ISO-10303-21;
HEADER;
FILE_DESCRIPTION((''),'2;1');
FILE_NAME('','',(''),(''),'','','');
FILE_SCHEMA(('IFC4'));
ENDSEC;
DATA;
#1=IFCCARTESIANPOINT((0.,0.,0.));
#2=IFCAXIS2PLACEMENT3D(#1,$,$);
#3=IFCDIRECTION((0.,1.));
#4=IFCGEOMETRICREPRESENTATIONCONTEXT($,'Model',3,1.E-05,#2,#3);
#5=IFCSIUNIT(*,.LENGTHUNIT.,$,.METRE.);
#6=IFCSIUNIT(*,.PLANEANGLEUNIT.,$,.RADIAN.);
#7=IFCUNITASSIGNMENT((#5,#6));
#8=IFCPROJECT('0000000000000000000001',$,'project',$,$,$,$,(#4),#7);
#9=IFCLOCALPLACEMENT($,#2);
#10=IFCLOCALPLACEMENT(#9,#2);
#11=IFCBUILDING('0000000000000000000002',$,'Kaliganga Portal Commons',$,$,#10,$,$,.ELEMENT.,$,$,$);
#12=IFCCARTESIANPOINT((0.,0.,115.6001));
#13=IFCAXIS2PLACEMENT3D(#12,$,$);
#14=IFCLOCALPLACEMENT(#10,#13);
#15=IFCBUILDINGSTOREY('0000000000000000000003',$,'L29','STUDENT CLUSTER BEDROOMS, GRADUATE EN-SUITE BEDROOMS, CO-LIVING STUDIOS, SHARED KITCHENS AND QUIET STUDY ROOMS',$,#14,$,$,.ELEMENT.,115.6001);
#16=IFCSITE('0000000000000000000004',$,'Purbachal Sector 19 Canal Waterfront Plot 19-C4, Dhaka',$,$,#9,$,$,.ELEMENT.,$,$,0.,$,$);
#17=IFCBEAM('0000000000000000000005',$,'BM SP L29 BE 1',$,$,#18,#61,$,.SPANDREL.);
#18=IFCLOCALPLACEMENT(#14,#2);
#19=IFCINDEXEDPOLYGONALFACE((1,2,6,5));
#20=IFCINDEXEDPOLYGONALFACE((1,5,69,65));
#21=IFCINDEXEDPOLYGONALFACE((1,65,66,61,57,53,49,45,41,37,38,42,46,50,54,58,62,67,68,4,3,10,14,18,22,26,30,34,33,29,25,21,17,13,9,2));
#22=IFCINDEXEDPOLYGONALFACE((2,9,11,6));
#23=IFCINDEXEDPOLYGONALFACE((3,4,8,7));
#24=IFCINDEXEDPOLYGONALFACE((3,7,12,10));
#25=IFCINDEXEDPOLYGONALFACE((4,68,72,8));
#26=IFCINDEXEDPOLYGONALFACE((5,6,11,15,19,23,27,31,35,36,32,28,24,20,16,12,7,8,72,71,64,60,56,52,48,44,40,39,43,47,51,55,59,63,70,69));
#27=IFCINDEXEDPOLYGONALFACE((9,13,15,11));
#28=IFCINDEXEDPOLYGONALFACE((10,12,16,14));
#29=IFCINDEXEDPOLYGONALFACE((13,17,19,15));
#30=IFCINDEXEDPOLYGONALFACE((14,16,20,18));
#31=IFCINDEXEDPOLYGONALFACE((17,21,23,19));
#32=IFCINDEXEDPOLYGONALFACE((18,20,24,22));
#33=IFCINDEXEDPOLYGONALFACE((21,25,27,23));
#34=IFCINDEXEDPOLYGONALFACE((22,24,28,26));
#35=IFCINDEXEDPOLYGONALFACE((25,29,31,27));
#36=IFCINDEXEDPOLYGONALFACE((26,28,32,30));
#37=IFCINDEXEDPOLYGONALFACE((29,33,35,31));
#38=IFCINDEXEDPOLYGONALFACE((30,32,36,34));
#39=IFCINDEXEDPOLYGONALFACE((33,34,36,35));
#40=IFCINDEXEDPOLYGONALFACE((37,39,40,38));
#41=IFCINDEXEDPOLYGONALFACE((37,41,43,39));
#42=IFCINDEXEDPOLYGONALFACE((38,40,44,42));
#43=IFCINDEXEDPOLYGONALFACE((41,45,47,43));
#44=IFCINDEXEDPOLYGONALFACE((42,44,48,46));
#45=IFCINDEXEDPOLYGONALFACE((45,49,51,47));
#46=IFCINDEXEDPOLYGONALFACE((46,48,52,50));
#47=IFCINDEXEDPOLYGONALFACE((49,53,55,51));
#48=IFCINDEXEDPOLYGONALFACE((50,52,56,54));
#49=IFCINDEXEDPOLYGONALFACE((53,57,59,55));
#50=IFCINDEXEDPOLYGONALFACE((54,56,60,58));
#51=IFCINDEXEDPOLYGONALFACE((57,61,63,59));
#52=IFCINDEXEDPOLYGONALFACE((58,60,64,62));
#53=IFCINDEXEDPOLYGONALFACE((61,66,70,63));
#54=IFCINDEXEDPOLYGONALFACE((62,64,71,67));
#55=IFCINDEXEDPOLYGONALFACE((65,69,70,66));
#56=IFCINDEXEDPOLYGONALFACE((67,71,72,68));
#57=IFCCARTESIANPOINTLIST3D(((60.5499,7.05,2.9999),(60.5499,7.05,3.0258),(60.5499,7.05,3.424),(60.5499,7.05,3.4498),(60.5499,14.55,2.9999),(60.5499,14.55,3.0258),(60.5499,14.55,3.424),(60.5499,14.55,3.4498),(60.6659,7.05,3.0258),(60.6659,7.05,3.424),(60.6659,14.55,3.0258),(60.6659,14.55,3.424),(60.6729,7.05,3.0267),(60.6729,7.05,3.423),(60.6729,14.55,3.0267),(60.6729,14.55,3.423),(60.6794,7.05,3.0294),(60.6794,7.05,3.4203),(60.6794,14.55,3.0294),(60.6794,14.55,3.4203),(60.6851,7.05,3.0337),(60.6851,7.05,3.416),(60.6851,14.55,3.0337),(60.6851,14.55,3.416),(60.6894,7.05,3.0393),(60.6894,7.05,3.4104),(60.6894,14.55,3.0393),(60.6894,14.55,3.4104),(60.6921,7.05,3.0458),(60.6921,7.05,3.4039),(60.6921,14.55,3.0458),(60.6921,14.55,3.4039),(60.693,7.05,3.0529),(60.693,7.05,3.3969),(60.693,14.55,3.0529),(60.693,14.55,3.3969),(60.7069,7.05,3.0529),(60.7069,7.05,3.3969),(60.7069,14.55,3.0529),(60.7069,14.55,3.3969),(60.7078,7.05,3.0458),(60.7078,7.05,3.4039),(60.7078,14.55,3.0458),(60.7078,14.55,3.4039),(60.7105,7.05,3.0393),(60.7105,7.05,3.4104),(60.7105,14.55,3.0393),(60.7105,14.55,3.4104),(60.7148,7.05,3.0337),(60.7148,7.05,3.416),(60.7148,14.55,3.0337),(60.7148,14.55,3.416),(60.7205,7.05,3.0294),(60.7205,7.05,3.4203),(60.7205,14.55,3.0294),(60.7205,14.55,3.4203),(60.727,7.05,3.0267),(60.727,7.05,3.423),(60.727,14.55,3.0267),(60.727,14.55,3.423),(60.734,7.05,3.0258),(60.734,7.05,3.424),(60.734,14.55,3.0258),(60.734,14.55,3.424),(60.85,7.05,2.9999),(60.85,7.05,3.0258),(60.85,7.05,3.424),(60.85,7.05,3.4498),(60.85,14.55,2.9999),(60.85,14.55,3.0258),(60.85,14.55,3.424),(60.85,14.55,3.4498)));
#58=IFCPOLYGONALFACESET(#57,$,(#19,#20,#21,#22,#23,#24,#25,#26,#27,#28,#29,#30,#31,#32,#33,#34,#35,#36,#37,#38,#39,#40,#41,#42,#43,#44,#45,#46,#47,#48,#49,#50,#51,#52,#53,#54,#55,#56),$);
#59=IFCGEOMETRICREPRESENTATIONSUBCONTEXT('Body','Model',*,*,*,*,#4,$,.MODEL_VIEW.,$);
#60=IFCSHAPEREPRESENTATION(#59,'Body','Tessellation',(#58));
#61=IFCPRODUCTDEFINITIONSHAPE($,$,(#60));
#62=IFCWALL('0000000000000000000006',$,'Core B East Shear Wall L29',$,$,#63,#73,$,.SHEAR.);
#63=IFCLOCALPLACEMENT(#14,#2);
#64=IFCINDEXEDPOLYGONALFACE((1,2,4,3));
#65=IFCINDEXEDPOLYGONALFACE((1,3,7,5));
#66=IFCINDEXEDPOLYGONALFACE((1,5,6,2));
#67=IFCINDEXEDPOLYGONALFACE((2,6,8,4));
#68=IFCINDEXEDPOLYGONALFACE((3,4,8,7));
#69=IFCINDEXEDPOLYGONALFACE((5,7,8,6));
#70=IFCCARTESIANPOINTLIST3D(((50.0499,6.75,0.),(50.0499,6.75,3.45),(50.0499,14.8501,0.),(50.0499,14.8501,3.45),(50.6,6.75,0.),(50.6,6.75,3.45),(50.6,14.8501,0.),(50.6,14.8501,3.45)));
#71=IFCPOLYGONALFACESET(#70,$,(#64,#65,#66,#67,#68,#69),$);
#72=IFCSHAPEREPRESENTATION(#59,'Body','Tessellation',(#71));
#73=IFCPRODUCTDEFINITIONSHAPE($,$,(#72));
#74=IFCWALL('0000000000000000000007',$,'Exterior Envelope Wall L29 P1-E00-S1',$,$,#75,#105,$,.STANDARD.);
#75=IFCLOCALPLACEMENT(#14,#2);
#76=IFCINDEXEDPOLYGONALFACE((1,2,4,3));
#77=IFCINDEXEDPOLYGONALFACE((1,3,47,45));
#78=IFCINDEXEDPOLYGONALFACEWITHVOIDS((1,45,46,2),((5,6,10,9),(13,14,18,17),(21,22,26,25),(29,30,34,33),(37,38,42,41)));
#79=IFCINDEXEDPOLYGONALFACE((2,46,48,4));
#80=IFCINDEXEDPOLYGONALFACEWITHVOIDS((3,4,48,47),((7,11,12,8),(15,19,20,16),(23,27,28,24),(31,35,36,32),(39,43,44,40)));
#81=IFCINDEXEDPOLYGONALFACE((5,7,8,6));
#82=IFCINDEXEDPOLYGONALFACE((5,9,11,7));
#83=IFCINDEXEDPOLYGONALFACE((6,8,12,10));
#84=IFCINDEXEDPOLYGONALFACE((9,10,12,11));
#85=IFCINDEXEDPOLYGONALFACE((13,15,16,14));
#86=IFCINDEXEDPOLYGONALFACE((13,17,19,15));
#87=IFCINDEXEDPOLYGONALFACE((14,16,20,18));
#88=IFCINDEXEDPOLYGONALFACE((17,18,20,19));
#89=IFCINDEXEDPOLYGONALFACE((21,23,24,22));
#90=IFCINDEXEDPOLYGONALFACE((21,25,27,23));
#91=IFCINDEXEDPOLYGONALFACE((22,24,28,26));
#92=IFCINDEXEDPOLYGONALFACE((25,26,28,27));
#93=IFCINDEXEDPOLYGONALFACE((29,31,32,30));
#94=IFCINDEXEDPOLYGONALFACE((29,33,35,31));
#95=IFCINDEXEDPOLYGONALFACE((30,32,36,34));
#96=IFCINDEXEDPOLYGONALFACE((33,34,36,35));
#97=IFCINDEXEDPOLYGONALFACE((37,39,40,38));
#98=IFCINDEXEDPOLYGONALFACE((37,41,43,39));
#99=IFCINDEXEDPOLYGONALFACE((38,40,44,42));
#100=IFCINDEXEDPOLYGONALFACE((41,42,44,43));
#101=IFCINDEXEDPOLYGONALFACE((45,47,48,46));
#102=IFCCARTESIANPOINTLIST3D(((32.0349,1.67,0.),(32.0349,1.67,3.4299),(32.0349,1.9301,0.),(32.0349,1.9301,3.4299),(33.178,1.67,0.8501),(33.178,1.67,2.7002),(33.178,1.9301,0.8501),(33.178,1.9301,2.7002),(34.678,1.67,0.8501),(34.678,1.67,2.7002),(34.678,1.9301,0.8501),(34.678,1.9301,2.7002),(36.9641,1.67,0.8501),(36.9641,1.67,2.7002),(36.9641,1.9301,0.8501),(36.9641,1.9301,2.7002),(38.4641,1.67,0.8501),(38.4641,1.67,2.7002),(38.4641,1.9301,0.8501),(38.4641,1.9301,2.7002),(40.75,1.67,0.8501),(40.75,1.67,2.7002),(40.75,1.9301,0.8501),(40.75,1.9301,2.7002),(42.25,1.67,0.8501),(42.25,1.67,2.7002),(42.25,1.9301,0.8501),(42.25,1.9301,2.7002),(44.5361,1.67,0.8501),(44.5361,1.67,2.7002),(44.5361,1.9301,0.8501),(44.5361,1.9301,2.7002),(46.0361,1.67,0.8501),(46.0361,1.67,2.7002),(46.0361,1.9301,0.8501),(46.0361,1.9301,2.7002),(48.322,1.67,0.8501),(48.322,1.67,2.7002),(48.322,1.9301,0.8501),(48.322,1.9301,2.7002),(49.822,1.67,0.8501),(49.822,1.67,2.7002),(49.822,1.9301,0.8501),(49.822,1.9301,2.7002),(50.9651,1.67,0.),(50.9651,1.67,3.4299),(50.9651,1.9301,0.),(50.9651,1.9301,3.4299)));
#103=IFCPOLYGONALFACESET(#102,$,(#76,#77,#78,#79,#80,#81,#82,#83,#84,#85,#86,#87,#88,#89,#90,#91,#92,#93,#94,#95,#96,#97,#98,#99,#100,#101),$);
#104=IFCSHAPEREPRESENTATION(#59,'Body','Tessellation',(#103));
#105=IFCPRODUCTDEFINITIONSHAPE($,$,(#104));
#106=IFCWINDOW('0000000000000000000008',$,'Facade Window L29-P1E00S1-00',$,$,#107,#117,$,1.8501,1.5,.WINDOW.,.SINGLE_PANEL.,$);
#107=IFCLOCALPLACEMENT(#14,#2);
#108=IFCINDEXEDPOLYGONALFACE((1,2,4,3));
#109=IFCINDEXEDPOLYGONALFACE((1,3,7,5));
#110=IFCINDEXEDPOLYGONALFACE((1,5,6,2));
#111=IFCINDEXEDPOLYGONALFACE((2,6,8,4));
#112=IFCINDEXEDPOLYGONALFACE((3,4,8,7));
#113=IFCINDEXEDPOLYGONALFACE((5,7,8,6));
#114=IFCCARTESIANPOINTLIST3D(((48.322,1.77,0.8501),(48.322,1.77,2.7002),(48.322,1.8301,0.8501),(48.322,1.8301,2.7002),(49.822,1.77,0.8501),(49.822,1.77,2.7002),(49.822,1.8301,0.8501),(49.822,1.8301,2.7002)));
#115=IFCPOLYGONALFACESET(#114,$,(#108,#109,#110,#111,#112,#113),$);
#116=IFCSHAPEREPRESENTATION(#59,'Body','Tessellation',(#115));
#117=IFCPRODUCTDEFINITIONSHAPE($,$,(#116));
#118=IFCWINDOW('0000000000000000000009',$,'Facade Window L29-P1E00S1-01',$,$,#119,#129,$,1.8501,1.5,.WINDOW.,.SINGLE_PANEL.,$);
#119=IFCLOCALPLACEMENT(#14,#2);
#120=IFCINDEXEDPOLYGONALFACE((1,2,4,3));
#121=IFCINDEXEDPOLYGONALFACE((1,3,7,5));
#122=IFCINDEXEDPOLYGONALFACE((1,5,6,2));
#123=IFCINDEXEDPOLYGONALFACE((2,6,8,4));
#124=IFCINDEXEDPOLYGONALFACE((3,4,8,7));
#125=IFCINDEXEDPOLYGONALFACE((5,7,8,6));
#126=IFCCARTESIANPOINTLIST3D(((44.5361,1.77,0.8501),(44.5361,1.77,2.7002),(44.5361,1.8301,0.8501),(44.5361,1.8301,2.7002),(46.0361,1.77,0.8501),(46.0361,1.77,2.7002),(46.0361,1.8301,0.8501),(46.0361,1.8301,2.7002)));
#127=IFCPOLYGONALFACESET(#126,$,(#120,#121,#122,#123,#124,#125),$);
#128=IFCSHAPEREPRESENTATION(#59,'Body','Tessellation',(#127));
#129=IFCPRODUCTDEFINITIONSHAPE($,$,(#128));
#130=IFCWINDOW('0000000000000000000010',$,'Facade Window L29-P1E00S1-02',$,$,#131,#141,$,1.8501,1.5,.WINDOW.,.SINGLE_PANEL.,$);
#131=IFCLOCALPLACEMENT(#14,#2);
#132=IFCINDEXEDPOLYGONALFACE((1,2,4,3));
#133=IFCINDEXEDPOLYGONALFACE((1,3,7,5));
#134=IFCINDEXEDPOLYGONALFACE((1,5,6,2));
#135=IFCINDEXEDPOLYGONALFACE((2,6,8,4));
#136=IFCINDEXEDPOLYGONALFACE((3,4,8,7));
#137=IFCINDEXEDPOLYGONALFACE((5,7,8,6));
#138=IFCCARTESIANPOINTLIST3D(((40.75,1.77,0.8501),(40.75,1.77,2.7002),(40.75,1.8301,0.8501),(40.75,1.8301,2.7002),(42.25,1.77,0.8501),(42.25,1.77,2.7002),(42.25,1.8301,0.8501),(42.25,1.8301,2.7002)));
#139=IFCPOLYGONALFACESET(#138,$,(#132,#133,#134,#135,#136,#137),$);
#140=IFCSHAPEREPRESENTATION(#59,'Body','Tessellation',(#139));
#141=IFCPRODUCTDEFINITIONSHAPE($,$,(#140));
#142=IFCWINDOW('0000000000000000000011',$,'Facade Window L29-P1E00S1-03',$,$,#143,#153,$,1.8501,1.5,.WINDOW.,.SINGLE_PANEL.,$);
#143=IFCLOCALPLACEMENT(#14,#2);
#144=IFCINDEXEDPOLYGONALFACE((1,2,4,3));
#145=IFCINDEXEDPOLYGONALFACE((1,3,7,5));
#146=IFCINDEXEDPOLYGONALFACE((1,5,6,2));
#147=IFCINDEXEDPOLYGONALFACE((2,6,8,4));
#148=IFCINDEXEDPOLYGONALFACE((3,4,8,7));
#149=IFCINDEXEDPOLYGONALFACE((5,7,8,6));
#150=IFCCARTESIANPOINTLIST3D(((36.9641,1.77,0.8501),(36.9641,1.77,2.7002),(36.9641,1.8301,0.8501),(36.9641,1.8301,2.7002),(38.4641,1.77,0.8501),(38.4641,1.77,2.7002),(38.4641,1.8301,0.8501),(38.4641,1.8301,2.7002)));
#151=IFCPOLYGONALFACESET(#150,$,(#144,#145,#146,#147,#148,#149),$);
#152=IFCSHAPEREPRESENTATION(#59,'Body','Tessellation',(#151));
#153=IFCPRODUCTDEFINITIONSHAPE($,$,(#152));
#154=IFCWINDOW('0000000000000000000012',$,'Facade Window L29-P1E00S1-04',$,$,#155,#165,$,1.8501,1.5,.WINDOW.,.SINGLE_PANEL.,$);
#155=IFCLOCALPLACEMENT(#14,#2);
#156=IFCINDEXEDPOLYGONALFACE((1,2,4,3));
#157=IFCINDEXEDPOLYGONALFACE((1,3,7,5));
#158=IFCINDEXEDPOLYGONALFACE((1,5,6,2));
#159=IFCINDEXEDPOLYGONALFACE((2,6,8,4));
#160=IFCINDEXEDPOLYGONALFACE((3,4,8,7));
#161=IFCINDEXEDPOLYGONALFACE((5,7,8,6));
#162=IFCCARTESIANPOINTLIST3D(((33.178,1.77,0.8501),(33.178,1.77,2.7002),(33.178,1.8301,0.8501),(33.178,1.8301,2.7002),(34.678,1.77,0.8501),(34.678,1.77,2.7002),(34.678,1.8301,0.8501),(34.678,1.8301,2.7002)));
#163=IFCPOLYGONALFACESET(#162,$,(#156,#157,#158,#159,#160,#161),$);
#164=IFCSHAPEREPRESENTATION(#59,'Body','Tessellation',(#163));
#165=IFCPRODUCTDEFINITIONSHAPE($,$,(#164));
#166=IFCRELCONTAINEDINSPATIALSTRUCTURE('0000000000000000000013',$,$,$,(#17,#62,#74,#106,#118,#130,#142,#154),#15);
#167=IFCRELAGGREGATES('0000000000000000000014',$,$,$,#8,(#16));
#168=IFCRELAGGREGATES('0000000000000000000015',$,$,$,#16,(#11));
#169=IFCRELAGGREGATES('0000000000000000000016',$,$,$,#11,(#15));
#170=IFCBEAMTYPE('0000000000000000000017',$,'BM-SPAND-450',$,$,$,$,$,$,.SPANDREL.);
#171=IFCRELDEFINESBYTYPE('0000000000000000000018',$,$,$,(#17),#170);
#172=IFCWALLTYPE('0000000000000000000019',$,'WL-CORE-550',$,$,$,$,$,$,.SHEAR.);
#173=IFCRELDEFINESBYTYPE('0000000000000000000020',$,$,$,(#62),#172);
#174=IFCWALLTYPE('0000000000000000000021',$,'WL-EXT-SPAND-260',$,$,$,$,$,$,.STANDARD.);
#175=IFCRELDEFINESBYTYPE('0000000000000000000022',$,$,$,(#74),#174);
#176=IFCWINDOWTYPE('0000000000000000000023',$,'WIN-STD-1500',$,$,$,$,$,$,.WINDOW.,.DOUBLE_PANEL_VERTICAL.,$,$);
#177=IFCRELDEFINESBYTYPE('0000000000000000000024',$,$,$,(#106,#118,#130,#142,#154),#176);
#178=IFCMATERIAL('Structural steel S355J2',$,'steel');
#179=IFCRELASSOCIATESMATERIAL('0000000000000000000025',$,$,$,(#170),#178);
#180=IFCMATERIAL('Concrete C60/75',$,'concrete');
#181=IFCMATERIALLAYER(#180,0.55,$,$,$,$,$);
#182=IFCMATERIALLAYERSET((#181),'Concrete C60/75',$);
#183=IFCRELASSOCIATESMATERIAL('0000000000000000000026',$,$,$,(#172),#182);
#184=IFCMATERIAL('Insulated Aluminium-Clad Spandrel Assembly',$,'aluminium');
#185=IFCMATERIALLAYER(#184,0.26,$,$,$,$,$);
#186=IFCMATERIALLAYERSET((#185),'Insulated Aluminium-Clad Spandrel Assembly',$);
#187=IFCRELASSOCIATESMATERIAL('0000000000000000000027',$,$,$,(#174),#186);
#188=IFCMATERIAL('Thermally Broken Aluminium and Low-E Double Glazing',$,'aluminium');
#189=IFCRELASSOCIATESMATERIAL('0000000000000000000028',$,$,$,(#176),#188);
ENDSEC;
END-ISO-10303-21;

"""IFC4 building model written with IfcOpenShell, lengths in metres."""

from ifc_helpers import new_model, si_unit, direction, frame, frame_2d, origin, origin_2d, place, context, subcontext, project, spatial, rectangle, i_section, extrude, source, transform, mapped, material, layer, layer_set, material_profile, profile_set, type_object, element, fill, save


model = new_model("IFC4")

# Units and contexts
model_context = context("Model", 3, precision=1e-05, world=origin(), true_north=direction((0.0, 1.0)))
body_context = subcontext(model_context, "Body", "Model", "MODEL_VIEW")
ifc_project = project(units=[si_unit("LENGTHUNIT", "METRE"), si_unit("PLANEANGLEUNIT", "RADIAN")], contexts=[model_context])

# Site, building, storey
site_placement = place(None, origin())
site = spatial("IfcSite", under=ifc_project, at=site_placement, Name="Purbachal Sector 19 Canal Waterfront Plot 19-C4, Dhaka", CompositionType="ELEMENT", RefElevation=0.0)
building_placement = place(site_placement, origin())
building = spatial("IfcBuilding", under=site, at=building_placement, Name="Kaliganga Portal Commons", CompositionType="ELEMENT")
storey_placement = place(building_placement, frame((0.0, 0.0, 115.6001)))
storey = spatial("IfcBuildingStorey", under=building, at=storey_placement, Name="L29", Description="STUDENT CLUSTER BEDROOMS, GRADUATE EN-SUITE BEDROOMS, CO-LIVING STUDIOS, SHARED KITCHENS AND QUIET STUDY ROOMS", CompositionType="ELEMENT", Elevation=115.6001)

# Shared definitions
ifc_material_1 = material(Name="Concrete C60/75", Category="concrete")

# Beam
ifc_material_2 = material(Name="Structural steel S355J2", Category="steel")
ifc_material_profile_1 = material_profile(ifc_material_2, i_section(OverallWidth=0.3, OverallDepth=0.45, WebThickness=0.0139, FlangeThickness=0.0259, FilletRadius=0.0271, at=origin_2d()), Name="HE 450 B")
ifc_profile_set_1 = profile_set([ifc_material_profile_1], Name="Structural steel S355J2 wide-flange")
beam_type_1 = type_object("IfcBeamType", Name="BM-SPAND-450", PredefinedType="SPANDREL", material=ifc_profile_set_1)
shared_shape_1 = source(origin(), body_context, "Body", "SweptSolid", [
    extrude(i_section(OverallWidth=0.3, OverallDepth=0.45, WebThickness=0.0139, FlangeThickness=0.0259, FilletRadius=0.0271, at=origin_2d()), origin(), (0.0, 0.0, 1.0), 7.5),
])
beam_1_placement = place(storey_placement, frame((60.7, 7.05, 3.2249), z_axis=(0.0, 1.0, 0.0), x_axis=(-1.0, 0.0, 0.0)))
element("IfcBeam", 1, at=beam_1_placement, inside=storey, type_object=beam_type_1, Name="BM SP L29 BE 1", PredefinedType="SPANDREL", context=body_context, shape_type="MappedRepresentation", body=[
    mapped(shared_shape_1, transform((0.0, 0.0, 0.0), x_axis=(1.0, 0.0, 0.0), y_axis=(0.0, 1.0, 0.0), z_axis=(0.0, 0.0, 1.0), scale=1.0)),
])

# Wall
ifc_layer_1 = layer(ifc_material_1, 0.55)
ifc_layer_set_1 = layer_set([ifc_layer_1], Name="Concrete C60/75")
wall_type_1 = type_object("IfcWallType", Name="WL-CORE-550", PredefinedType="SHEAR", material=ifc_layer_set_1)
wall_1_placement = place(storey_placement, frame((50.325, 6.75, 0.0), z_axis=(0.0, 0.0, 1.0), x_axis=(0.0, 1.0, 0.0)))
element("IfcWall", 2, at=wall_1_placement, inside=storey, type_object=wall_type_1, Name="Core B East Shear Wall L29", PredefinedType="SHEAR", context=body_context, shape_type="SweptSolid", body=[
    extrude(rectangle(XDim=8.1001, YDim=0.55, at=frame_2d((4.05, 0.0))), origin(), (0.0, 0.0, 1.0), 3.45),
])

# Wall, openings, windows
ifc_material_3 = material(Name="Insulated Aluminium-Clad Spandrel Assembly", Category="aluminium")
ifc_layer_2 = layer(ifc_material_3, 0.26)
ifc_layer_set_2 = layer_set([ifc_layer_2], Name="Insulated Aluminium-Clad Spandrel Assembly")
wall_type_2 = type_object("IfcWallType", Name="WL-EXT-SPAND-260", PredefinedType="STANDARD", material=ifc_layer_set_2)
wall_2_placement = place(storey_placement, frame((50.9651, 1.8, 0.0), z_axis=(0.0, 0.0, 1.0), x_axis=(-1.0, 0.0, 0.0)))
wall_2 = element("IfcWall", 3, at=wall_2_placement, inside=storey, type_object=wall_type_2, Name="Exterior Envelope Wall L29 P1-E00-S1", PredefinedType="STANDARD", context=body_context, shape_type="SweptSolid", body=[
    extrude(rectangle(XDim=18.9302, YDim=0.26, at=frame_2d((9.4651, 0.0))), origin(), (0.0, 0.0, 1.0), 3.4299),
])
opening_1_placement = place(wall_2_placement, frame((1.1431, 0.0, 0.8501)))
opening_1 = element("IfcOpeningElement", 4, at=opening_1_placement, cuts=wall_2, PredefinedType="OPENING", context=body_context, shape_type="SweptSolid", body=[
    extrude(rectangle(XDim=1.5, YDim=1.8501, at=frame_2d((0.75, 0.925))), frame((0.0, 0.1401, 0.0), z_axis=(0.0, -1.0, 0.0), x_axis=(1.0, 0.0, 0.0)), (0.0, 0.0, 1.0), 0.28),
])
opening_2_placement = place(wall_2_placement, frame((4.929, 0.0, 0.8501)))
opening_2 = element("IfcOpeningElement", 5, at=opening_2_placement, cuts=wall_2, PredefinedType="OPENING", context=body_context, shape_type="SweptSolid", body=[
    extrude(rectangle(XDim=1.5, YDim=1.8501, at=frame_2d((0.75, 0.925))), frame((0.0, 0.1401, 0.0), z_axis=(0.0, -1.0, 0.0), x_axis=(1.0, 0.0, 0.0)), (0.0, 0.0, 1.0), 0.28),
])
opening_3_placement = place(wall_2_placement, frame((8.7151, 0.0, 0.8501)))
opening_3 = element("IfcOpeningElement", 6, at=opening_3_placement, cuts=wall_2, PredefinedType="OPENING", context=body_context, shape_type="SweptSolid", body=[
    extrude(rectangle(XDim=1.5, YDim=1.8501, at=frame_2d((0.75, 0.925))), frame((0.0, 0.1401, 0.0), z_axis=(0.0, -1.0, 0.0), x_axis=(1.0, 0.0, 0.0)), (0.0, 0.0, 1.0), 0.28),
])
opening_4_placement = place(wall_2_placement, frame((12.501, 0.0, 0.8501)))
opening_4 = element("IfcOpeningElement", 7, at=opening_4_placement, cuts=wall_2, PredefinedType="OPENING", context=body_context, shape_type="SweptSolid", body=[
    extrude(rectangle(XDim=1.5, YDim=1.8501, at=frame_2d((0.75, 0.925))), frame((0.0, 0.1401, 0.0), z_axis=(0.0, -1.0, 0.0), x_axis=(1.0, 0.0, 0.0)), (0.0, 0.0, 1.0), 0.28),
])
opening_5_placement = place(wall_2_placement, frame((16.2871, 0.0, 0.8501)))
opening_5 = element("IfcOpeningElement", 8, at=opening_5_placement, cuts=wall_2, PredefinedType="OPENING", context=body_context, shape_type="SweptSolid", body=[
    extrude(rectangle(XDim=1.5, YDim=1.8501, at=frame_2d((0.75, 0.925))), frame((0.0, 0.1401, 0.0), z_axis=(0.0, -1.0, 0.0), x_axis=(1.0, 0.0, 0.0)), (0.0, 0.0, 1.0), 0.28),
])
ifc_material_4 = material(Name="Thermally Broken Aluminium and Low-E Double Glazing", Category="aluminium")
window_type = type_object("IfcWindowType", Name="WIN-STD-1500", PartitioningType="DOUBLE_PANEL_VERTICAL", PredefinedType="WINDOW", material=ifc_material_4)
window_1_placement = place(opening_1_placement, origin())
window_1 = element("IfcWindow", 9, at=window_1_placement, inside=storey, type_object=window_type, Name="Facade Window L29-P1E00S1-00", OverallHeight=1.8501, OverallWidth=1.5, PartitioningType="SINGLE_PANEL", PredefinedType="WINDOW", context=body_context, shape_type="SweptSolid", body=[
    extrude(rectangle(XDim=1.5, YDim=1.8501, at=frame_2d((0.75, 0.925))), frame((0.0, 0.03, 0.0), z_axis=(0.0, -1.0, 0.0), x_axis=(1.0, 0.0, 0.0)), (0.0, 0.0, 1.0), 0.0601),
])
fill(opening_1, window_1)
window_2_placement = place(opening_2_placement, origin())
window_2 = element("IfcWindow", 10, at=window_2_placement, inside=storey, type_object=window_type, Name="Facade Window L29-P1E00S1-01", OverallHeight=1.8501, OverallWidth=1.5, PartitioningType="SINGLE_PANEL", PredefinedType="WINDOW", context=body_context, shape_type="SweptSolid", body=[
    extrude(rectangle(XDim=1.5, YDim=1.8501, at=frame_2d((0.75, 0.925))), frame((0.0, 0.03, 0.0), z_axis=(0.0, -1.0, 0.0), x_axis=(1.0, 0.0, 0.0)), (0.0, 0.0, 1.0), 0.0601),
])
fill(opening_2, window_2)
window_3_placement = place(opening_3_placement, origin())
window_3 = element("IfcWindow", 11, at=window_3_placement, inside=storey, type_object=window_type, Name="Facade Window L29-P1E00S1-02", OverallHeight=1.8501, OverallWidth=1.5, PartitioningType="SINGLE_PANEL", PredefinedType="WINDOW", context=body_context, shape_type="SweptSolid", body=[
    extrude(rectangle(XDim=1.5, YDim=1.8501, at=frame_2d((0.75, 0.925))), frame((0.0, 0.03, 0.0), z_axis=(0.0, -1.0, 0.0), x_axis=(1.0, 0.0, 0.0)), (0.0, 0.0, 1.0), 0.0601),
])
fill(opening_3, window_3)
window_4_placement = place(opening_4_placement, origin())
window_4 = element("IfcWindow", 12, at=window_4_placement, inside=storey, type_object=window_type, Name="Facade Window L29-P1E00S1-03", OverallHeight=1.8501, OverallWidth=1.5, PartitioningType="SINGLE_PANEL", PredefinedType="WINDOW", context=body_context, shape_type="SweptSolid", body=[
    extrude(rectangle(XDim=1.5, YDim=1.8501, at=frame_2d((0.75, 0.925))), frame((0.0, 0.03, 0.0), z_axis=(0.0, -1.0, 0.0), x_axis=(1.0, 0.0, 0.0)), (0.0, 0.0, 1.0), 0.0601),
])
fill(opening_4, window_4)
window_5_placement = place(opening_5_placement, origin())
window_5 = element("IfcWindow", 13, at=window_5_placement, inside=storey, type_object=window_type, Name="Facade Window L29-P1E00S1-04", OverallHeight=1.8501, OverallWidth=1.5, PartitioningType="SINGLE_PANEL", PredefinedType="WINDOW", context=body_context, shape_type="SweptSolid", body=[
    extrude(rectangle(XDim=1.5, YDim=1.8501, at=frame_2d((0.75, 0.925))), frame((0.0, 0.03, 0.0), z_axis=(0.0, -1.0, 0.0), x_axis=(1.0, 0.0, 0.0)), (0.0, 0.0, 1.0), 0.0601),
])
fill(opening_5, window_5)

save(model, "model.ifc")
